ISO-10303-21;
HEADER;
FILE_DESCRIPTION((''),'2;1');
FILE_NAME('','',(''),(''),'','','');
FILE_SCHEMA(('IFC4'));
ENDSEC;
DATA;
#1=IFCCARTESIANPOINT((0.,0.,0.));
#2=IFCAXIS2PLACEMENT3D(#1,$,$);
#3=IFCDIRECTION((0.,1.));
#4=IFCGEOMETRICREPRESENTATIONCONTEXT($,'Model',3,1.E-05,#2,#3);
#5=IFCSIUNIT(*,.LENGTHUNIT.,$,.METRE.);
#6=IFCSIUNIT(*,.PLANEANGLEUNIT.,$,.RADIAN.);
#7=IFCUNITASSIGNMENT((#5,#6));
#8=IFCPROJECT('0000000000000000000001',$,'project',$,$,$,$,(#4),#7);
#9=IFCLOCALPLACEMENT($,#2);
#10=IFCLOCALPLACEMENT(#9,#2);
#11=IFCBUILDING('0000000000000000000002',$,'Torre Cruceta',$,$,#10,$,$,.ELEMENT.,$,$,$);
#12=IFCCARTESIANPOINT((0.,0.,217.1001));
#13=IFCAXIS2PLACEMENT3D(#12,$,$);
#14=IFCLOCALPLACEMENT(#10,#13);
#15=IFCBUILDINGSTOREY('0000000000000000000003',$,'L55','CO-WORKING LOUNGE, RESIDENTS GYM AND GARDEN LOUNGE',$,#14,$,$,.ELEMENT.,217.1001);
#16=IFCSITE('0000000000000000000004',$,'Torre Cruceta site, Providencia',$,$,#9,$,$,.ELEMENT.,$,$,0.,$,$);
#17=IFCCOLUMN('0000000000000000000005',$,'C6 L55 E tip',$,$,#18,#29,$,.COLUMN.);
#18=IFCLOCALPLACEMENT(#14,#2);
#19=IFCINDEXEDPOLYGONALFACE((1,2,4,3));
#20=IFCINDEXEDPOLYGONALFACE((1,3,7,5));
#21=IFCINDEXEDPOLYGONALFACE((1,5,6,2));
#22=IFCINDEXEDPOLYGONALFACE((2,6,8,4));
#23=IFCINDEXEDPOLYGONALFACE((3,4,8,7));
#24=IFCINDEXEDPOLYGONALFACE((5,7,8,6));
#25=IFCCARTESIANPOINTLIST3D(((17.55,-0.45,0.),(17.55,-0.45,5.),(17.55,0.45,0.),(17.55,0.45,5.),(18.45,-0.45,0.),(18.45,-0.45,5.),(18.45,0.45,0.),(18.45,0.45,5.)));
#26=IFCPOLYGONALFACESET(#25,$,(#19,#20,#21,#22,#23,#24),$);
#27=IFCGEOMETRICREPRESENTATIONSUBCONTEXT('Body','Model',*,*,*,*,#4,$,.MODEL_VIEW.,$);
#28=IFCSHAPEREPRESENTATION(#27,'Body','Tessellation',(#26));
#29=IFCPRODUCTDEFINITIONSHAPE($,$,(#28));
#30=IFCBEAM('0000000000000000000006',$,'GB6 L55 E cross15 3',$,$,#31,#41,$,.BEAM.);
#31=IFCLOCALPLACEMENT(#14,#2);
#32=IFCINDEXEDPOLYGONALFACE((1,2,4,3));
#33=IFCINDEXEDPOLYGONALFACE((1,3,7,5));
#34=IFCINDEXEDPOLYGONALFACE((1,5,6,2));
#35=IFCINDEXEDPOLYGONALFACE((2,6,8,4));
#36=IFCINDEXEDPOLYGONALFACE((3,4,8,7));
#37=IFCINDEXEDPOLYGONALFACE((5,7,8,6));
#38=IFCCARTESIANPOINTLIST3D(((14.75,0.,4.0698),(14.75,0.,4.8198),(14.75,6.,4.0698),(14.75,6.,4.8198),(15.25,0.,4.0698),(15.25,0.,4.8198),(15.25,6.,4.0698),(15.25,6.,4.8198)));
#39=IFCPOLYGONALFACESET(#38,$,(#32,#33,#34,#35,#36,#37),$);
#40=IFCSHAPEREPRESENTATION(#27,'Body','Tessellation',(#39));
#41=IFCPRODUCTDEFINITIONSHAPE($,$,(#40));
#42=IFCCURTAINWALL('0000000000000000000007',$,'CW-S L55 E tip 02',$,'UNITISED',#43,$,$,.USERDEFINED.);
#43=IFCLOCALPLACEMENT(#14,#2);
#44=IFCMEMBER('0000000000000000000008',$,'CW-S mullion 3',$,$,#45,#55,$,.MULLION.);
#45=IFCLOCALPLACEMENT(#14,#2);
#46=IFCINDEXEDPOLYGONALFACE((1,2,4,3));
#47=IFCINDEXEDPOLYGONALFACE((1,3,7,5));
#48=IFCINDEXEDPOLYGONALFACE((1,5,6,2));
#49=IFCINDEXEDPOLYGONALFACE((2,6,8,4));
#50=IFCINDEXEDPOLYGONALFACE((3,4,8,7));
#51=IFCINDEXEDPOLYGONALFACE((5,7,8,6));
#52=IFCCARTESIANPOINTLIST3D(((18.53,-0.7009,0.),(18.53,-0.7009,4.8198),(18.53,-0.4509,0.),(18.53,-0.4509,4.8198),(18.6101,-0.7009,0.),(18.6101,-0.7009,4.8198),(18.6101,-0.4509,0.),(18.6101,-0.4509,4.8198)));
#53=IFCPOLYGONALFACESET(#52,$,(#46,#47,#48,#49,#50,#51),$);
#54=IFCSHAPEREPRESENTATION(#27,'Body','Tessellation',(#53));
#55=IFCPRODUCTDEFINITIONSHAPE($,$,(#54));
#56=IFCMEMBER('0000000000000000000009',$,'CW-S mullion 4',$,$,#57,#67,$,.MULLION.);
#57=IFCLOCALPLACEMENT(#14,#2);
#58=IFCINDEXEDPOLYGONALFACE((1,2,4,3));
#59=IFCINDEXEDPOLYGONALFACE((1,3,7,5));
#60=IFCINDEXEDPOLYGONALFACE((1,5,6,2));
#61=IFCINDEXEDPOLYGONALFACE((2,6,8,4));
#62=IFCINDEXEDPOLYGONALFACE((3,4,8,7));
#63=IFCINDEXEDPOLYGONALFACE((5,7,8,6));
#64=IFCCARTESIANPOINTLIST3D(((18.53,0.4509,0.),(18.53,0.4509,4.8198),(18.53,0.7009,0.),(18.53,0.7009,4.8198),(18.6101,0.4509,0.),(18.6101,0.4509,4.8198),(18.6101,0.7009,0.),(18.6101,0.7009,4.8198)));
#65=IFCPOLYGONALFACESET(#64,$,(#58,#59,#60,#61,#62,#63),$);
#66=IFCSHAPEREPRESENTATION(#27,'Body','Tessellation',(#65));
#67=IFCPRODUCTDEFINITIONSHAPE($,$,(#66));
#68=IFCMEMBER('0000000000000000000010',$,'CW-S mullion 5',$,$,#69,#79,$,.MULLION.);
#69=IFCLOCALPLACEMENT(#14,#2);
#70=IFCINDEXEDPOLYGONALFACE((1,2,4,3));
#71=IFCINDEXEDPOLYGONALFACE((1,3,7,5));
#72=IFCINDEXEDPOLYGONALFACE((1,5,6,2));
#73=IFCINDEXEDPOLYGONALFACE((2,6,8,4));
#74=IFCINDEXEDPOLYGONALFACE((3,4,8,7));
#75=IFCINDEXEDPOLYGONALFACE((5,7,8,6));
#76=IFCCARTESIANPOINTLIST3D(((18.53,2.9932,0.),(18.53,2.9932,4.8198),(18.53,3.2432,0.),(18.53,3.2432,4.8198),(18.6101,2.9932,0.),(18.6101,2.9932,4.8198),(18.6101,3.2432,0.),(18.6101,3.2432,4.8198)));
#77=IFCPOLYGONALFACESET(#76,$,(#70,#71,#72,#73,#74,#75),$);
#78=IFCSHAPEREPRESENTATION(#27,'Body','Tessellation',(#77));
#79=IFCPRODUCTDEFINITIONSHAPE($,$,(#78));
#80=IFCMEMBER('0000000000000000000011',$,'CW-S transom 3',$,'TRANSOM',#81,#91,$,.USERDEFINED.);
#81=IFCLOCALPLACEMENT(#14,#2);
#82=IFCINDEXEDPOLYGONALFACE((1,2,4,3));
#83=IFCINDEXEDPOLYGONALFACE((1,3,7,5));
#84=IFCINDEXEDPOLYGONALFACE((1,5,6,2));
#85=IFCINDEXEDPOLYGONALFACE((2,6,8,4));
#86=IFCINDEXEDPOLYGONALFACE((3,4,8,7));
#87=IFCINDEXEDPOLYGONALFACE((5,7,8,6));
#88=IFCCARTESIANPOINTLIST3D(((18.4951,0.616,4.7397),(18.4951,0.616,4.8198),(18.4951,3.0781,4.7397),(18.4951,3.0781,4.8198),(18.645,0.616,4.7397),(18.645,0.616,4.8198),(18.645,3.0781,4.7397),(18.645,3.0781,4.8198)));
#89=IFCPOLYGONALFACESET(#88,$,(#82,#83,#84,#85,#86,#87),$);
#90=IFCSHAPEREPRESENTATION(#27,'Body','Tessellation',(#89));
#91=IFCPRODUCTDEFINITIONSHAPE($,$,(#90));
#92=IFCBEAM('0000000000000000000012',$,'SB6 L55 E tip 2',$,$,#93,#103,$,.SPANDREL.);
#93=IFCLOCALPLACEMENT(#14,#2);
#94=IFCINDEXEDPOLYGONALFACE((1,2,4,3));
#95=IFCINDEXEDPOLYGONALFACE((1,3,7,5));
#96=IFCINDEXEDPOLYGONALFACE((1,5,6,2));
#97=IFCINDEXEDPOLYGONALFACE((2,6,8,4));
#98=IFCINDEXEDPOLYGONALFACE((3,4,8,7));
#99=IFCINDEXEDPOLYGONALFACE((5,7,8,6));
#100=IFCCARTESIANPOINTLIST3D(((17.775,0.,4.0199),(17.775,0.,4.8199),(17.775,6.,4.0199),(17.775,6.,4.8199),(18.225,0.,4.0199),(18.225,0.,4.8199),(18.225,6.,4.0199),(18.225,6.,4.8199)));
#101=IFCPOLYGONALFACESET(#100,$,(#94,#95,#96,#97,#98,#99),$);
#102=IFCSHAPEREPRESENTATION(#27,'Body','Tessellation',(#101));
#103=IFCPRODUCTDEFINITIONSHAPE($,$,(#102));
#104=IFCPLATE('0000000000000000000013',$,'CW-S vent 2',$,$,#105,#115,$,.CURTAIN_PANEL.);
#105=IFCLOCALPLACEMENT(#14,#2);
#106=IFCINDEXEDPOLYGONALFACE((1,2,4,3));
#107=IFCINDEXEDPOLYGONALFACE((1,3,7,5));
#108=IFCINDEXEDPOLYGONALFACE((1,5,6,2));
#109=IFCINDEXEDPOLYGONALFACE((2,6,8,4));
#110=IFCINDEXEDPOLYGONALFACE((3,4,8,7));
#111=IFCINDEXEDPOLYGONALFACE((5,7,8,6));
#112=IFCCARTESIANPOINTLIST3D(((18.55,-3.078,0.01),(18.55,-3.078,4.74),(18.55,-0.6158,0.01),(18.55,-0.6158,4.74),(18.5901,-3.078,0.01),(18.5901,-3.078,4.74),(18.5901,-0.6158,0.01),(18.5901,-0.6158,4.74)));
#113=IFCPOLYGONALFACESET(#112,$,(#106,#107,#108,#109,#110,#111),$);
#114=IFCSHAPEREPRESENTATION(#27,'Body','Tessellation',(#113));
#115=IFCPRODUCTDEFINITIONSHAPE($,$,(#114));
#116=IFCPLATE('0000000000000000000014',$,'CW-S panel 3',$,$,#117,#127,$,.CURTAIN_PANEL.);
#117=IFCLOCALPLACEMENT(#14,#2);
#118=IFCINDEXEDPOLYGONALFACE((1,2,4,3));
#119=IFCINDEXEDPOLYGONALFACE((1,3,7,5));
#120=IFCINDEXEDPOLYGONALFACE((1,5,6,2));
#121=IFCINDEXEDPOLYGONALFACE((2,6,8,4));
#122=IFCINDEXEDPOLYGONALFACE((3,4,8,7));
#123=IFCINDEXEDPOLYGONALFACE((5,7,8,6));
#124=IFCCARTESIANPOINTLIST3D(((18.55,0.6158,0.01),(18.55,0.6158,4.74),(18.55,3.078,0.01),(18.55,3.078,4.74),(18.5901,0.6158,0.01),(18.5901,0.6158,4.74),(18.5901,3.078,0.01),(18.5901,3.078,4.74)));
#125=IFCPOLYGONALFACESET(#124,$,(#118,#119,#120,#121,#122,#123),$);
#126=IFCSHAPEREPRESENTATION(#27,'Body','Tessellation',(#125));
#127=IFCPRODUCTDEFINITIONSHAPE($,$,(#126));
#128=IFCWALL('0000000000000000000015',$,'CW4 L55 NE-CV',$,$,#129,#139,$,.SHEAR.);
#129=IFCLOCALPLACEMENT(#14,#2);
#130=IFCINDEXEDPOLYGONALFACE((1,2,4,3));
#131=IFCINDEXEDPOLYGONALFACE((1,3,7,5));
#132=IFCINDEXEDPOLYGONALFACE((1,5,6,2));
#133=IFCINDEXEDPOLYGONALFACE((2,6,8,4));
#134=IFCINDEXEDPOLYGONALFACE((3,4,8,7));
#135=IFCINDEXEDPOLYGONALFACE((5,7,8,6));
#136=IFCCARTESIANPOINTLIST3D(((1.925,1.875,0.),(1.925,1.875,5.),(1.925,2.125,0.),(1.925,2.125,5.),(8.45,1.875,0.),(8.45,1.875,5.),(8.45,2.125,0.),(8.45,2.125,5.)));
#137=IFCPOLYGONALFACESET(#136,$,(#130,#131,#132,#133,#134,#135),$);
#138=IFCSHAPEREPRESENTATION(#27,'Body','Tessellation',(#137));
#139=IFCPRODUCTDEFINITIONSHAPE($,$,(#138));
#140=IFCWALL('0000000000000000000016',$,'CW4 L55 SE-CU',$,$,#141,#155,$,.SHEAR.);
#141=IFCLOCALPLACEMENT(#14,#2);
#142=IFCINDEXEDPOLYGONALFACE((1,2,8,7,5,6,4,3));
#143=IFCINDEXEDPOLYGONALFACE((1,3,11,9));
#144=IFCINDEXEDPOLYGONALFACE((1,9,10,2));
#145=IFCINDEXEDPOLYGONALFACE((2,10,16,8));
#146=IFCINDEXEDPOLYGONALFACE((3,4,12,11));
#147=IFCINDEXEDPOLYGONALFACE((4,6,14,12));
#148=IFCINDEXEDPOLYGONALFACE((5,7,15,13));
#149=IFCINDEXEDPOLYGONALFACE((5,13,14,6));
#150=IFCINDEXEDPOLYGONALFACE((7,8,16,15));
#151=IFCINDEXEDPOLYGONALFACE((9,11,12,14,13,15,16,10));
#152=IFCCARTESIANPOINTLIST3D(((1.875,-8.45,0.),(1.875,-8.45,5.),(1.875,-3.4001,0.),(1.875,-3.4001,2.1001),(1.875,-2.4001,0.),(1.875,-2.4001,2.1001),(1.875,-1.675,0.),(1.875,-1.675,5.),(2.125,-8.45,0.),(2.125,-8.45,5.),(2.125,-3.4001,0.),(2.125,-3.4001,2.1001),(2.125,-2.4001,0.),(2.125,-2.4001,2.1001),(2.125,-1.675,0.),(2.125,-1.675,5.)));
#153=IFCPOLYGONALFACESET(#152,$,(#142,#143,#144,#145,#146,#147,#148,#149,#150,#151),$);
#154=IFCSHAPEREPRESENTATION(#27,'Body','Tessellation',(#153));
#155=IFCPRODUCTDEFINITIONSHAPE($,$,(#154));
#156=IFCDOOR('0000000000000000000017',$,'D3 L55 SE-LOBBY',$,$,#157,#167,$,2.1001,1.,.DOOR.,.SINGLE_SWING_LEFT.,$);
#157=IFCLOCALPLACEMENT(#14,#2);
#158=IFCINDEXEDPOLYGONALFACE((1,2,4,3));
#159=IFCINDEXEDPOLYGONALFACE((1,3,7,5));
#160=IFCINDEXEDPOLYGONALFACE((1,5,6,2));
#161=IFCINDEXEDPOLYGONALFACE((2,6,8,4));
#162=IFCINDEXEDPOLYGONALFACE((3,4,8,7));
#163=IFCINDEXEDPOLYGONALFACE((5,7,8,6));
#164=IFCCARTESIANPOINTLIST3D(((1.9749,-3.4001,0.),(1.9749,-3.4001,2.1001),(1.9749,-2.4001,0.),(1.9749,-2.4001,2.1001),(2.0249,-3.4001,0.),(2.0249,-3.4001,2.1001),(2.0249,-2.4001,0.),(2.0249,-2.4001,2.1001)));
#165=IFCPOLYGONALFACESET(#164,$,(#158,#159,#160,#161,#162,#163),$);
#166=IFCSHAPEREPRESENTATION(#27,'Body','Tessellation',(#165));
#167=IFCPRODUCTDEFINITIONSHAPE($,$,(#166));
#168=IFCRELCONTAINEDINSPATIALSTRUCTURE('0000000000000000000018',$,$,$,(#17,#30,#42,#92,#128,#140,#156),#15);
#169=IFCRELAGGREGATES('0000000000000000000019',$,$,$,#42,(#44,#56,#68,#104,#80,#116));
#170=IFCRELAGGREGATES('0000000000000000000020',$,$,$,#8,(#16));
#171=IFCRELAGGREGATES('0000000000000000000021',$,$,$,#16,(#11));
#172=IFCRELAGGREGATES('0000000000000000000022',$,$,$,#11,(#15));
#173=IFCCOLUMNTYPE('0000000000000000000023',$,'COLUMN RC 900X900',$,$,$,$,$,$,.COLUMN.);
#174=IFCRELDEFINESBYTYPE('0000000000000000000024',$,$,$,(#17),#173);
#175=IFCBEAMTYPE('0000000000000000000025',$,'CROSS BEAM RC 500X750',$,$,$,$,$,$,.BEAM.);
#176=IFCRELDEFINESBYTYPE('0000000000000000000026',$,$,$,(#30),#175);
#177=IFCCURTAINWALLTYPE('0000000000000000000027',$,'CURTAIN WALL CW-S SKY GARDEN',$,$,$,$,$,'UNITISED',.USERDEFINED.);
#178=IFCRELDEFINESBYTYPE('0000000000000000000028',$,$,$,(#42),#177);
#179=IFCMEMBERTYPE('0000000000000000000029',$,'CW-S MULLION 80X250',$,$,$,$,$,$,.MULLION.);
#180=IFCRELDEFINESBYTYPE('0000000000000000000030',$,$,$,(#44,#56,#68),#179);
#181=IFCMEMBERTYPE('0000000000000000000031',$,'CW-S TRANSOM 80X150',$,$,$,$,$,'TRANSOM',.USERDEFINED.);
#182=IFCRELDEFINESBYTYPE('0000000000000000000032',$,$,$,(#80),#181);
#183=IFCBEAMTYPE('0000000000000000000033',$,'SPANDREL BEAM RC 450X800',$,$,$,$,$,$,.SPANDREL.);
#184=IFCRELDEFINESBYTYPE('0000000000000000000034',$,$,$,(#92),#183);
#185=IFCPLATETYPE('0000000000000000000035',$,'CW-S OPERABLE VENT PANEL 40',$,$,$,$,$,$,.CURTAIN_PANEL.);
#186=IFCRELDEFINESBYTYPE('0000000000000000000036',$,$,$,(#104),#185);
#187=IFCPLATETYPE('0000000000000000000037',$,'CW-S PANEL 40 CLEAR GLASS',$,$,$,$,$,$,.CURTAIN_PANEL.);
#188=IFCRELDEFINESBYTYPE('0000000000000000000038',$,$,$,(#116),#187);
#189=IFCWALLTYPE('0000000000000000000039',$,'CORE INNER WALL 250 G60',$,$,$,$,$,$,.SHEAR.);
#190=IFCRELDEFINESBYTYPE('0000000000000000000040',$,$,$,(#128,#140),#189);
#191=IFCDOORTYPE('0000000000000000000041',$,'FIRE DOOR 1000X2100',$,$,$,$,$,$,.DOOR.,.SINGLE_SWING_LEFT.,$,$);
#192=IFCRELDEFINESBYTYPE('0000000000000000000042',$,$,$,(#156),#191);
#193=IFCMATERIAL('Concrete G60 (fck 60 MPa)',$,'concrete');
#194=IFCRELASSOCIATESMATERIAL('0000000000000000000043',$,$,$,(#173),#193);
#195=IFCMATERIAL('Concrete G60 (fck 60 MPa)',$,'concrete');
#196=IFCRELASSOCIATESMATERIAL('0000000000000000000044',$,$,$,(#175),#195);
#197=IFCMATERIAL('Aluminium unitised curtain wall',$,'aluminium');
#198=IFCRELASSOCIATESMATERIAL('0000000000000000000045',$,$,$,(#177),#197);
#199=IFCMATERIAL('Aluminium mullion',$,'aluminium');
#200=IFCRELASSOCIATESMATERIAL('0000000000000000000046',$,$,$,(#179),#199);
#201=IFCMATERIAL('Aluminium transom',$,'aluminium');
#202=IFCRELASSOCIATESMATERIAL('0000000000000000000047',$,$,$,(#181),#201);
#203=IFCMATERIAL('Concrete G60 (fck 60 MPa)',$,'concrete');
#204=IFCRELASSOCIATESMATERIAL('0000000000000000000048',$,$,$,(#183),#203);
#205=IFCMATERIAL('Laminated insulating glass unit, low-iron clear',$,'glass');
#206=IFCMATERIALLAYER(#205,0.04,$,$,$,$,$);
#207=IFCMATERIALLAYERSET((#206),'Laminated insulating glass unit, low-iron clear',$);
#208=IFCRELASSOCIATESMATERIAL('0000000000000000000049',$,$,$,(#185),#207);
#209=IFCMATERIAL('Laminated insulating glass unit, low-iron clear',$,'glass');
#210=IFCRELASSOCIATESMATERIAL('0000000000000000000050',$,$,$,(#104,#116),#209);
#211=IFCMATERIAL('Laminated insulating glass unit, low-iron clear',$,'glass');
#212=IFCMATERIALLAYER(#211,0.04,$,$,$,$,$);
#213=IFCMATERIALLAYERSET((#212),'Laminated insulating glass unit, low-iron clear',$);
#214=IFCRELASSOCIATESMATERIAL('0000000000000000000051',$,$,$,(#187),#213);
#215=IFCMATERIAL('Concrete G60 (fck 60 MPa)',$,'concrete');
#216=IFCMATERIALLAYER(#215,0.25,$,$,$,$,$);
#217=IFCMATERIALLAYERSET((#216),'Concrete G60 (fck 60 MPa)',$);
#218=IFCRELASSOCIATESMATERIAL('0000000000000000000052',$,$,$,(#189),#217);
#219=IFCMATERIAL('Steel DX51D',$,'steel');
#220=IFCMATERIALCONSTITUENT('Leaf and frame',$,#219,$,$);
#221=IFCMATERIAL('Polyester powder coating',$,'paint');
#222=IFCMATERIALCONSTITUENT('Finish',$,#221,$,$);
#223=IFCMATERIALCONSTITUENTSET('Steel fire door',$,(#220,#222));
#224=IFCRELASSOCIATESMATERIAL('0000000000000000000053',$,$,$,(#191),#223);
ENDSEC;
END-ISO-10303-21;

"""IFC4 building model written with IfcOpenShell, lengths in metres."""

from ifc_helpers import new_model, si_unit, direction, frame, frame_2d, origin, origin_2d, place, context, subcontext, project, spatial, rectangle, extrude, material, layer, layer_set, constituent, constituent_set, material_profile, profile_set, type_object, element, fill, aggregate, save


model = new_model("IFC4")

# Units and contexts
model_context = context("Model", 3, precision=1e-05, world=origin(), true_north=direction((0.0, 1.0)))
body_context = subcontext(model_context, "Body", "Model", "MODEL_VIEW")
ifc_project = project(units=[si_unit("LENGTHUNIT", "METRE"), si_unit("PLANEANGLEUNIT", "RADIAN")], contexts=[model_context])

# Site, building, storey
site_placement = place(None, origin())
site = spatial("IfcSite", under=ifc_project, at=site_placement, Name="Torre Cruceta site, Providencia", CompositionType="ELEMENT", RefElevation=0.0)
building_placement = place(site_placement, origin())
building = spatial("IfcBuilding", under=site, at=building_placement, Name="Torre Cruceta", CompositionType="ELEMENT")
storey_placement = place(building_placement, frame((0.0, 0.0, 217.1001)))
storey = spatial("IfcBuildingStorey", under=building, at=storey_placement, Name="L55", Description="CO-WORKING LOUNGE, RESIDENTS GYM AND GARDEN LOUNGE", CompositionType="ELEMENT", Elevation=217.1001)

# Column
ifc_material_1 = material(Name="Concrete G60 (fck 60 MPa)", Category="concrete")
ifc_material_profile_1 = material_profile(ifc_material_1, rectangle(XDim=0.8999, YDim=0.8999, at=origin_2d()), Name="RC 900X900")
ifc_profile_set_1 = profile_set([ifc_material_profile_1], Name="Concrete G60 (fck 60 MPa)")
column_type = type_object("IfcColumnType", Name="COLUMN RC 900X900", PredefinedType="COLUMN", material=ifc_profile_set_1)
column_placement = place(storey_placement, frame((18.0, 0.0, 0.0), z_axis=(0.0, 0.0, 1.0), x_axis=(1.0, 0.0, 0.0)))
element("IfcColumn", 1, at=column_placement, inside=storey, type_object=column_type, Name="C6 L55 E tip", PredefinedType="COLUMN", context=body_context, shape_type="SweptSolid", body=[
    extrude(rectangle(XDim=0.8999, YDim=0.8999, at=origin_2d()), origin(), (0.0, 0.0, 1.0), 5.0),
])

# Beam
ifc_material_2 = material(Name="Concrete G60 (fck 60 MPa)", Category="concrete")
ifc_material_profile_2 = material_profile(ifc_material_2, rectangle(XDim=0.5, YDim=0.75, at=origin_2d()), Name="RC 500X750")
ifc_profile_set_2 = profile_set([ifc_material_profile_2], Name="Concrete G60 (fck 60 MPa)")
beam_type_1 = type_object("IfcBeamType", Name="CROSS BEAM RC 500X750", PredefinedType="BEAM", material=ifc_profile_set_2)
beam_1_placement = place(storey_placement, frame((15.0, 0.0, 4.4448), z_axis=(0.0, 1.0, 0.0), x_axis=(-1.0, 0.0, 0.0)))
element("IfcBeam", 2, at=beam_1_placement, inside=storey, type_object=beam_type_1, Name="GB6 L55 E cross15 3", PredefinedType="BEAM", context=body_context, shape_type="SweptSolid", body=[
    extrude(rectangle(XDim=0.5, YDim=0.75, at=origin_2d()), origin(), (0.0, 0.0, 1.0), 6.0),
])

# Curtain wall, members
ifc_material_3 = material(Name="Aluminium unitised curtain wall", Category="aluminium")
curtain_wall_type = type_object("IfcCurtainWallType", Name="CURTAIN WALL CW-S SKY GARDEN", ElementType="UNITISED", PredefinedType="USERDEFINED", material=ifc_material_3)
curtain_wall_placement = place(storey_placement, origin())
curtain_wall = element("IfcCurtainWall", 3, at=curtain_wall_placement, inside=storey, type_object=curtain_wall_type, Name="CW-S L55 E tip 02", ObjectType="UNITISED", PredefinedType="USERDEFINED")
ifc_material_4 = material(Name="Aluminium mullion", Category="aluminium")
ifc_material_profile_3 = material_profile(ifc_material_4, rectangle(XDim=0.0801, YDim=0.25, at=origin_2d()), Name="AL 80X250")
ifc_profile_set_3 = profile_set([ifc_material_profile_3], Name="Aluminium mullion")
member_type_1 = type_object("IfcMemberType", Name="CW-S MULLION 80X250", PredefinedType="MULLION", material=ifc_profile_set_3)
member_1_placement = place(storey_placement, frame((18.5701, -0.5759, 0.0), z_axis=(0.0, 0.0, 1.0), x_axis=(-1.0, 0.0, 0.0)))
member_1 = element("IfcMember", 4, at=member_1_placement, type_object=member_type_1, Name="CW-S mullion 3", PredefinedType="MULLION", context=body_context, shape_type="SweptSolid", body=[
    extrude(rectangle(XDim=0.0801, YDim=0.25, at=origin_2d()), origin(), (0.0, 0.0, 1.0), 4.8198),
])
member_2_placement = place(storey_placement, frame((18.5701, 0.5759, 0.0), z_axis=(0.0, 0.0, 1.0), x_axis=(-1.0, 0.0, 0.0)))
member_2 = element("IfcMember", 5, at=member_2_placement, type_object=member_type_1, Name="CW-S mullion 4", PredefinedType="MULLION", context=body_context, shape_type="SweptSolid", body=[
    extrude(rectangle(XDim=0.0801, YDim=0.25, at=origin_2d()), origin(), (0.0, 0.0, 1.0), 4.8198),
])
member_3_placement = place(storey_placement, frame((18.5701, 3.1182, 0.0), z_axis=(0.0, 0.0, 1.0), x_axis=(-1.0, 0.0, 0.0)))
member_3 = element("IfcMember", 6, at=member_3_placement, type_object=member_type_1, Name="CW-S mullion 5", PredefinedType="MULLION", context=body_context, shape_type="SweptSolid", body=[
    extrude(rectangle(XDim=0.0801, YDim=0.25, at=origin_2d()), origin(), (0.0, 0.0, 1.0), 4.8198),
])
ifc_material_5 = material(Name="Aluminium transom", Category="aluminium")
ifc_material_profile_4 = material_profile(ifc_material_5, rectangle(XDim=0.1499, YDim=0.0801, at=origin_2d()), Name="AL 150X80")
ifc_profile_set_4 = profile_set([ifc_material_profile_4], Name="Aluminium transom")
member_type_2 = type_object("IfcMemberType", Name="CW-S TRANSOM 80X150", ElementType="TRANSOM", PredefinedType="USERDEFINED", material=ifc_profile_set_4)
member_4_placement = place(storey_placement, frame((18.5701, 0.616, 4.7798), z_axis=(0.0, 1.0, 0.0), x_axis=(-1.0, 0.0, 0.0)))
member_4 = element("IfcMember", 7, at=member_4_placement, type_object=member_type_2, Name="CW-S transom 3", ObjectType="TRANSOM", PredefinedType="USERDEFINED", context=body_context, shape_type="SweptSolid", body=[
    extrude(rectangle(XDim=0.1499, YDim=0.0801, at=origin_2d()), origin(), (0.0, 0.0, 1.0), 2.4622),
])

# Beam
ifc_material_6 = material(Name="Concrete G60 (fck 60 MPa)", Category="concrete")
ifc_material_profile_5 = material_profile(ifc_material_6, rectangle(XDim=0.45, YDim=0.8, at=origin_2d()), Name="RC 450X800")
ifc_profile_set_5 = profile_set([ifc_material_profile_5], Name="Concrete G60 (fck 60 MPa)")
beam_type_2 = type_object("IfcBeamType", Name="SPANDREL BEAM RC 450X800", PredefinedType="SPANDREL", material=ifc_profile_set_5)
beam_2_placement = place(storey_placement, frame((18.0, 0.0, 4.4199), z_axis=(0.0, 1.0, 0.0), x_axis=(-1.0, 0.0, 0.0)))
element("IfcBeam", 8, at=beam_2_placement, inside=storey, type_object=beam_type_2, Name="SB6 L55 E tip 2", PredefinedType="SPANDREL", context=body_context, shape_type="SweptSolid", body=[
    extrude(rectangle(XDim=0.45, YDim=0.8, at=origin_2d()), origin(), (0.0, 0.0, 1.0), 6.0),
])

# Plates
ifc_material_7 = material(Name="Laminated insulating glass unit, low-iron clear", Category="glass")
ifc_material_8 = material(Name="Laminated insulating glass unit, low-iron clear", Category="glass")
ifc_layer_1 = layer(ifc_material_8, 0.04)
ifc_layer_set_1 = layer_set([ifc_layer_1], Name="Laminated insulating glass unit, low-iron clear")
plate_type_1 = type_object("IfcPlateType", Name="CW-S OPERABLE VENT PANEL 40", PredefinedType="CURTAIN_PANEL", material=ifc_layer_set_1)
plate_1_placement = place(storey_placement, frame((18.5701, -1.8469, 0.01), z_axis=(0.0, 0.0, 1.0), x_axis=(0.0, 1.0, 0.0)))
plate_1 = element("IfcPlate", 9, at=plate_1_placement, type_object=plate_type_1, material=ifc_material_7, Name="CW-S vent 2", PredefinedType="CURTAIN_PANEL", context=body_context, shape_type="SweptSolid", body=[
    extrude(rectangle(XDim=2.4622, YDim=0.04, at=origin_2d()), origin(), (0.0, 0.0, 1.0), 4.73),
])
ifc_material_9 = material(Name="Laminated insulating glass unit, low-iron clear", Category="glass")
ifc_layer_2 = layer(ifc_material_9, 0.04)
ifc_layer_set_2 = layer_set([ifc_layer_2], Name="Laminated insulating glass unit, low-iron clear")
plate_type_2 = type_object("IfcPlateType", Name="CW-S PANEL 40 CLEAR GLASS", PredefinedType="CURTAIN_PANEL", material=ifc_layer_set_2)
plate_2_placement = place(storey_placement, frame((18.5701, 1.8469, 0.01), z_axis=(0.0, 0.0, 1.0), x_axis=(0.0, 1.0, 0.0)))
plate_2 = element("IfcPlate", 10, at=plate_2_placement, type_object=plate_type_2, material=ifc_material_7, Name="CW-S panel 3", PredefinedType="CURTAIN_PANEL", context=body_context, shape_type="SweptSolid", body=[
    extrude(rectangle(XDim=2.4622, YDim=0.04, at=origin_2d()), origin(), (0.0, 0.0, 1.0), 4.73),
])
aggregate(curtain_wall, [member_1, member_2, member_3, plate_1, member_4, plate_2])

# Shared definitions
ifc_material_10 = material(Name="Concrete G60 (fck 60 MPa)", Category="concrete")
ifc_layer_3 = layer(ifc_material_10, 0.25)
ifc_layer_set_3 = layer_set([ifc_layer_3], Name="Concrete G60 (fck 60 MPa)")
wall_type_1 = type_object("IfcWallType", Name="CORE INNER WALL 250 G60", PredefinedType="SHEAR", material=ifc_layer_set_3)

# Wall
wall_1_placement = place(storey_placement, frame((1.925, 2.0, 0.0), z_axis=(0.0, 0.0, 1.0), x_axis=(1.0, 0.0, 0.0)))
element("IfcWall", 11, at=wall_1_placement, inside=storey, type_object=wall_type_1, Name="CW4 L55 NE-CV", PredefinedType="SHEAR", context=body_context, shape_type="SweptSolid", body=[
    extrude(rectangle(XDim=6.5249, YDim=0.25, at=frame_2d((3.2625, 0.0))), origin(), (0.0, 0.0, 1.0), 5.0),
])

# Wall, opening, door
wall_2_placement = place(storey_placement, frame((2.0, -1.675, 0.0), z_axis=(0.0, 0.0, 1.0), x_axis=(0.0, -1.0, 0.0)))
wall_2 = element("IfcWall", 12, at=wall_2_placement, inside=storey, type_object=wall_type_1, Name="CW4 L55 SE-CU", PredefinedType="SHEAR", context=body_context, shape_type="SweptSolid", body=[
    extrude(rectangle(XDim=6.7749, YDim=0.25, at=frame_2d((3.3875, 0.0))), origin(), (0.0, 0.0, 1.0), 5.0),
])
opening_1_placement = place(wall_2_placement, frame((0.7251, 0.0, 0.0)))
opening_1 = element("IfcOpeningElement", 13, at=opening_1_placement, cuts=wall_2, PredefinedType="OPENING", context=body_context, shape_type="SweptSolid", body=[
    extrude(rectangle(XDim=1.0, YDim=2.1001, at=frame_2d((0.5, 1.05))), frame((0.0, 0.135, 0.0), z_axis=(0.0, -1.0, 0.0), x_axis=(1.0, 0.0, 0.0)), (0.0, 0.0, 1.0), 0.27),
])
ifc_material_11 = material(Name="Steel DX51D", Category="steel")
ifc_constituent_1 = constituent(ifc_material_11, Name="Leaf and frame")
ifc_material_12 = material(Name="Polyester powder coating", Category="paint")
ifc_constituent_2 = constituent(ifc_material_12, Name="Finish")
ifc_constituent_set_1 = constituent_set(constituents=[ifc_constituent_1, ifc_constituent_2], Name="Steel fire door")
door_type_1 = type_object("IfcDoorType", Name="FIRE DOOR 1000X2100", OperationType="SINGLE_SWING_LEFT", PredefinedType="DOOR", material=ifc_constituent_set_1)
door_1_placement = place(opening_1_placement, origin())
door_1 = element("IfcDoor", 14, at=door_1_placement, inside=storey, type_object=door_type_1, Name="D3 L55 SE-LOBBY", OperationType="SINGLE_SWING_LEFT", OverallHeight=2.1001, OverallWidth=1.0, PredefinedType="DOOR", context=body_context, shape_type="SweptSolid", body=[
    extrude(rectangle(XDim=1.0, YDim=2.1001, at=frame_2d((0.5, 1.05))), frame((0.0, 0.0249, 0.0), z_axis=(0.0, -1.0, 0.0), x_axis=(1.0, 0.0, 0.0)), (0.0, 0.0, 1.0), 0.05),
])
fill(opening_1, door_1)

save(model, "model.ifc")
